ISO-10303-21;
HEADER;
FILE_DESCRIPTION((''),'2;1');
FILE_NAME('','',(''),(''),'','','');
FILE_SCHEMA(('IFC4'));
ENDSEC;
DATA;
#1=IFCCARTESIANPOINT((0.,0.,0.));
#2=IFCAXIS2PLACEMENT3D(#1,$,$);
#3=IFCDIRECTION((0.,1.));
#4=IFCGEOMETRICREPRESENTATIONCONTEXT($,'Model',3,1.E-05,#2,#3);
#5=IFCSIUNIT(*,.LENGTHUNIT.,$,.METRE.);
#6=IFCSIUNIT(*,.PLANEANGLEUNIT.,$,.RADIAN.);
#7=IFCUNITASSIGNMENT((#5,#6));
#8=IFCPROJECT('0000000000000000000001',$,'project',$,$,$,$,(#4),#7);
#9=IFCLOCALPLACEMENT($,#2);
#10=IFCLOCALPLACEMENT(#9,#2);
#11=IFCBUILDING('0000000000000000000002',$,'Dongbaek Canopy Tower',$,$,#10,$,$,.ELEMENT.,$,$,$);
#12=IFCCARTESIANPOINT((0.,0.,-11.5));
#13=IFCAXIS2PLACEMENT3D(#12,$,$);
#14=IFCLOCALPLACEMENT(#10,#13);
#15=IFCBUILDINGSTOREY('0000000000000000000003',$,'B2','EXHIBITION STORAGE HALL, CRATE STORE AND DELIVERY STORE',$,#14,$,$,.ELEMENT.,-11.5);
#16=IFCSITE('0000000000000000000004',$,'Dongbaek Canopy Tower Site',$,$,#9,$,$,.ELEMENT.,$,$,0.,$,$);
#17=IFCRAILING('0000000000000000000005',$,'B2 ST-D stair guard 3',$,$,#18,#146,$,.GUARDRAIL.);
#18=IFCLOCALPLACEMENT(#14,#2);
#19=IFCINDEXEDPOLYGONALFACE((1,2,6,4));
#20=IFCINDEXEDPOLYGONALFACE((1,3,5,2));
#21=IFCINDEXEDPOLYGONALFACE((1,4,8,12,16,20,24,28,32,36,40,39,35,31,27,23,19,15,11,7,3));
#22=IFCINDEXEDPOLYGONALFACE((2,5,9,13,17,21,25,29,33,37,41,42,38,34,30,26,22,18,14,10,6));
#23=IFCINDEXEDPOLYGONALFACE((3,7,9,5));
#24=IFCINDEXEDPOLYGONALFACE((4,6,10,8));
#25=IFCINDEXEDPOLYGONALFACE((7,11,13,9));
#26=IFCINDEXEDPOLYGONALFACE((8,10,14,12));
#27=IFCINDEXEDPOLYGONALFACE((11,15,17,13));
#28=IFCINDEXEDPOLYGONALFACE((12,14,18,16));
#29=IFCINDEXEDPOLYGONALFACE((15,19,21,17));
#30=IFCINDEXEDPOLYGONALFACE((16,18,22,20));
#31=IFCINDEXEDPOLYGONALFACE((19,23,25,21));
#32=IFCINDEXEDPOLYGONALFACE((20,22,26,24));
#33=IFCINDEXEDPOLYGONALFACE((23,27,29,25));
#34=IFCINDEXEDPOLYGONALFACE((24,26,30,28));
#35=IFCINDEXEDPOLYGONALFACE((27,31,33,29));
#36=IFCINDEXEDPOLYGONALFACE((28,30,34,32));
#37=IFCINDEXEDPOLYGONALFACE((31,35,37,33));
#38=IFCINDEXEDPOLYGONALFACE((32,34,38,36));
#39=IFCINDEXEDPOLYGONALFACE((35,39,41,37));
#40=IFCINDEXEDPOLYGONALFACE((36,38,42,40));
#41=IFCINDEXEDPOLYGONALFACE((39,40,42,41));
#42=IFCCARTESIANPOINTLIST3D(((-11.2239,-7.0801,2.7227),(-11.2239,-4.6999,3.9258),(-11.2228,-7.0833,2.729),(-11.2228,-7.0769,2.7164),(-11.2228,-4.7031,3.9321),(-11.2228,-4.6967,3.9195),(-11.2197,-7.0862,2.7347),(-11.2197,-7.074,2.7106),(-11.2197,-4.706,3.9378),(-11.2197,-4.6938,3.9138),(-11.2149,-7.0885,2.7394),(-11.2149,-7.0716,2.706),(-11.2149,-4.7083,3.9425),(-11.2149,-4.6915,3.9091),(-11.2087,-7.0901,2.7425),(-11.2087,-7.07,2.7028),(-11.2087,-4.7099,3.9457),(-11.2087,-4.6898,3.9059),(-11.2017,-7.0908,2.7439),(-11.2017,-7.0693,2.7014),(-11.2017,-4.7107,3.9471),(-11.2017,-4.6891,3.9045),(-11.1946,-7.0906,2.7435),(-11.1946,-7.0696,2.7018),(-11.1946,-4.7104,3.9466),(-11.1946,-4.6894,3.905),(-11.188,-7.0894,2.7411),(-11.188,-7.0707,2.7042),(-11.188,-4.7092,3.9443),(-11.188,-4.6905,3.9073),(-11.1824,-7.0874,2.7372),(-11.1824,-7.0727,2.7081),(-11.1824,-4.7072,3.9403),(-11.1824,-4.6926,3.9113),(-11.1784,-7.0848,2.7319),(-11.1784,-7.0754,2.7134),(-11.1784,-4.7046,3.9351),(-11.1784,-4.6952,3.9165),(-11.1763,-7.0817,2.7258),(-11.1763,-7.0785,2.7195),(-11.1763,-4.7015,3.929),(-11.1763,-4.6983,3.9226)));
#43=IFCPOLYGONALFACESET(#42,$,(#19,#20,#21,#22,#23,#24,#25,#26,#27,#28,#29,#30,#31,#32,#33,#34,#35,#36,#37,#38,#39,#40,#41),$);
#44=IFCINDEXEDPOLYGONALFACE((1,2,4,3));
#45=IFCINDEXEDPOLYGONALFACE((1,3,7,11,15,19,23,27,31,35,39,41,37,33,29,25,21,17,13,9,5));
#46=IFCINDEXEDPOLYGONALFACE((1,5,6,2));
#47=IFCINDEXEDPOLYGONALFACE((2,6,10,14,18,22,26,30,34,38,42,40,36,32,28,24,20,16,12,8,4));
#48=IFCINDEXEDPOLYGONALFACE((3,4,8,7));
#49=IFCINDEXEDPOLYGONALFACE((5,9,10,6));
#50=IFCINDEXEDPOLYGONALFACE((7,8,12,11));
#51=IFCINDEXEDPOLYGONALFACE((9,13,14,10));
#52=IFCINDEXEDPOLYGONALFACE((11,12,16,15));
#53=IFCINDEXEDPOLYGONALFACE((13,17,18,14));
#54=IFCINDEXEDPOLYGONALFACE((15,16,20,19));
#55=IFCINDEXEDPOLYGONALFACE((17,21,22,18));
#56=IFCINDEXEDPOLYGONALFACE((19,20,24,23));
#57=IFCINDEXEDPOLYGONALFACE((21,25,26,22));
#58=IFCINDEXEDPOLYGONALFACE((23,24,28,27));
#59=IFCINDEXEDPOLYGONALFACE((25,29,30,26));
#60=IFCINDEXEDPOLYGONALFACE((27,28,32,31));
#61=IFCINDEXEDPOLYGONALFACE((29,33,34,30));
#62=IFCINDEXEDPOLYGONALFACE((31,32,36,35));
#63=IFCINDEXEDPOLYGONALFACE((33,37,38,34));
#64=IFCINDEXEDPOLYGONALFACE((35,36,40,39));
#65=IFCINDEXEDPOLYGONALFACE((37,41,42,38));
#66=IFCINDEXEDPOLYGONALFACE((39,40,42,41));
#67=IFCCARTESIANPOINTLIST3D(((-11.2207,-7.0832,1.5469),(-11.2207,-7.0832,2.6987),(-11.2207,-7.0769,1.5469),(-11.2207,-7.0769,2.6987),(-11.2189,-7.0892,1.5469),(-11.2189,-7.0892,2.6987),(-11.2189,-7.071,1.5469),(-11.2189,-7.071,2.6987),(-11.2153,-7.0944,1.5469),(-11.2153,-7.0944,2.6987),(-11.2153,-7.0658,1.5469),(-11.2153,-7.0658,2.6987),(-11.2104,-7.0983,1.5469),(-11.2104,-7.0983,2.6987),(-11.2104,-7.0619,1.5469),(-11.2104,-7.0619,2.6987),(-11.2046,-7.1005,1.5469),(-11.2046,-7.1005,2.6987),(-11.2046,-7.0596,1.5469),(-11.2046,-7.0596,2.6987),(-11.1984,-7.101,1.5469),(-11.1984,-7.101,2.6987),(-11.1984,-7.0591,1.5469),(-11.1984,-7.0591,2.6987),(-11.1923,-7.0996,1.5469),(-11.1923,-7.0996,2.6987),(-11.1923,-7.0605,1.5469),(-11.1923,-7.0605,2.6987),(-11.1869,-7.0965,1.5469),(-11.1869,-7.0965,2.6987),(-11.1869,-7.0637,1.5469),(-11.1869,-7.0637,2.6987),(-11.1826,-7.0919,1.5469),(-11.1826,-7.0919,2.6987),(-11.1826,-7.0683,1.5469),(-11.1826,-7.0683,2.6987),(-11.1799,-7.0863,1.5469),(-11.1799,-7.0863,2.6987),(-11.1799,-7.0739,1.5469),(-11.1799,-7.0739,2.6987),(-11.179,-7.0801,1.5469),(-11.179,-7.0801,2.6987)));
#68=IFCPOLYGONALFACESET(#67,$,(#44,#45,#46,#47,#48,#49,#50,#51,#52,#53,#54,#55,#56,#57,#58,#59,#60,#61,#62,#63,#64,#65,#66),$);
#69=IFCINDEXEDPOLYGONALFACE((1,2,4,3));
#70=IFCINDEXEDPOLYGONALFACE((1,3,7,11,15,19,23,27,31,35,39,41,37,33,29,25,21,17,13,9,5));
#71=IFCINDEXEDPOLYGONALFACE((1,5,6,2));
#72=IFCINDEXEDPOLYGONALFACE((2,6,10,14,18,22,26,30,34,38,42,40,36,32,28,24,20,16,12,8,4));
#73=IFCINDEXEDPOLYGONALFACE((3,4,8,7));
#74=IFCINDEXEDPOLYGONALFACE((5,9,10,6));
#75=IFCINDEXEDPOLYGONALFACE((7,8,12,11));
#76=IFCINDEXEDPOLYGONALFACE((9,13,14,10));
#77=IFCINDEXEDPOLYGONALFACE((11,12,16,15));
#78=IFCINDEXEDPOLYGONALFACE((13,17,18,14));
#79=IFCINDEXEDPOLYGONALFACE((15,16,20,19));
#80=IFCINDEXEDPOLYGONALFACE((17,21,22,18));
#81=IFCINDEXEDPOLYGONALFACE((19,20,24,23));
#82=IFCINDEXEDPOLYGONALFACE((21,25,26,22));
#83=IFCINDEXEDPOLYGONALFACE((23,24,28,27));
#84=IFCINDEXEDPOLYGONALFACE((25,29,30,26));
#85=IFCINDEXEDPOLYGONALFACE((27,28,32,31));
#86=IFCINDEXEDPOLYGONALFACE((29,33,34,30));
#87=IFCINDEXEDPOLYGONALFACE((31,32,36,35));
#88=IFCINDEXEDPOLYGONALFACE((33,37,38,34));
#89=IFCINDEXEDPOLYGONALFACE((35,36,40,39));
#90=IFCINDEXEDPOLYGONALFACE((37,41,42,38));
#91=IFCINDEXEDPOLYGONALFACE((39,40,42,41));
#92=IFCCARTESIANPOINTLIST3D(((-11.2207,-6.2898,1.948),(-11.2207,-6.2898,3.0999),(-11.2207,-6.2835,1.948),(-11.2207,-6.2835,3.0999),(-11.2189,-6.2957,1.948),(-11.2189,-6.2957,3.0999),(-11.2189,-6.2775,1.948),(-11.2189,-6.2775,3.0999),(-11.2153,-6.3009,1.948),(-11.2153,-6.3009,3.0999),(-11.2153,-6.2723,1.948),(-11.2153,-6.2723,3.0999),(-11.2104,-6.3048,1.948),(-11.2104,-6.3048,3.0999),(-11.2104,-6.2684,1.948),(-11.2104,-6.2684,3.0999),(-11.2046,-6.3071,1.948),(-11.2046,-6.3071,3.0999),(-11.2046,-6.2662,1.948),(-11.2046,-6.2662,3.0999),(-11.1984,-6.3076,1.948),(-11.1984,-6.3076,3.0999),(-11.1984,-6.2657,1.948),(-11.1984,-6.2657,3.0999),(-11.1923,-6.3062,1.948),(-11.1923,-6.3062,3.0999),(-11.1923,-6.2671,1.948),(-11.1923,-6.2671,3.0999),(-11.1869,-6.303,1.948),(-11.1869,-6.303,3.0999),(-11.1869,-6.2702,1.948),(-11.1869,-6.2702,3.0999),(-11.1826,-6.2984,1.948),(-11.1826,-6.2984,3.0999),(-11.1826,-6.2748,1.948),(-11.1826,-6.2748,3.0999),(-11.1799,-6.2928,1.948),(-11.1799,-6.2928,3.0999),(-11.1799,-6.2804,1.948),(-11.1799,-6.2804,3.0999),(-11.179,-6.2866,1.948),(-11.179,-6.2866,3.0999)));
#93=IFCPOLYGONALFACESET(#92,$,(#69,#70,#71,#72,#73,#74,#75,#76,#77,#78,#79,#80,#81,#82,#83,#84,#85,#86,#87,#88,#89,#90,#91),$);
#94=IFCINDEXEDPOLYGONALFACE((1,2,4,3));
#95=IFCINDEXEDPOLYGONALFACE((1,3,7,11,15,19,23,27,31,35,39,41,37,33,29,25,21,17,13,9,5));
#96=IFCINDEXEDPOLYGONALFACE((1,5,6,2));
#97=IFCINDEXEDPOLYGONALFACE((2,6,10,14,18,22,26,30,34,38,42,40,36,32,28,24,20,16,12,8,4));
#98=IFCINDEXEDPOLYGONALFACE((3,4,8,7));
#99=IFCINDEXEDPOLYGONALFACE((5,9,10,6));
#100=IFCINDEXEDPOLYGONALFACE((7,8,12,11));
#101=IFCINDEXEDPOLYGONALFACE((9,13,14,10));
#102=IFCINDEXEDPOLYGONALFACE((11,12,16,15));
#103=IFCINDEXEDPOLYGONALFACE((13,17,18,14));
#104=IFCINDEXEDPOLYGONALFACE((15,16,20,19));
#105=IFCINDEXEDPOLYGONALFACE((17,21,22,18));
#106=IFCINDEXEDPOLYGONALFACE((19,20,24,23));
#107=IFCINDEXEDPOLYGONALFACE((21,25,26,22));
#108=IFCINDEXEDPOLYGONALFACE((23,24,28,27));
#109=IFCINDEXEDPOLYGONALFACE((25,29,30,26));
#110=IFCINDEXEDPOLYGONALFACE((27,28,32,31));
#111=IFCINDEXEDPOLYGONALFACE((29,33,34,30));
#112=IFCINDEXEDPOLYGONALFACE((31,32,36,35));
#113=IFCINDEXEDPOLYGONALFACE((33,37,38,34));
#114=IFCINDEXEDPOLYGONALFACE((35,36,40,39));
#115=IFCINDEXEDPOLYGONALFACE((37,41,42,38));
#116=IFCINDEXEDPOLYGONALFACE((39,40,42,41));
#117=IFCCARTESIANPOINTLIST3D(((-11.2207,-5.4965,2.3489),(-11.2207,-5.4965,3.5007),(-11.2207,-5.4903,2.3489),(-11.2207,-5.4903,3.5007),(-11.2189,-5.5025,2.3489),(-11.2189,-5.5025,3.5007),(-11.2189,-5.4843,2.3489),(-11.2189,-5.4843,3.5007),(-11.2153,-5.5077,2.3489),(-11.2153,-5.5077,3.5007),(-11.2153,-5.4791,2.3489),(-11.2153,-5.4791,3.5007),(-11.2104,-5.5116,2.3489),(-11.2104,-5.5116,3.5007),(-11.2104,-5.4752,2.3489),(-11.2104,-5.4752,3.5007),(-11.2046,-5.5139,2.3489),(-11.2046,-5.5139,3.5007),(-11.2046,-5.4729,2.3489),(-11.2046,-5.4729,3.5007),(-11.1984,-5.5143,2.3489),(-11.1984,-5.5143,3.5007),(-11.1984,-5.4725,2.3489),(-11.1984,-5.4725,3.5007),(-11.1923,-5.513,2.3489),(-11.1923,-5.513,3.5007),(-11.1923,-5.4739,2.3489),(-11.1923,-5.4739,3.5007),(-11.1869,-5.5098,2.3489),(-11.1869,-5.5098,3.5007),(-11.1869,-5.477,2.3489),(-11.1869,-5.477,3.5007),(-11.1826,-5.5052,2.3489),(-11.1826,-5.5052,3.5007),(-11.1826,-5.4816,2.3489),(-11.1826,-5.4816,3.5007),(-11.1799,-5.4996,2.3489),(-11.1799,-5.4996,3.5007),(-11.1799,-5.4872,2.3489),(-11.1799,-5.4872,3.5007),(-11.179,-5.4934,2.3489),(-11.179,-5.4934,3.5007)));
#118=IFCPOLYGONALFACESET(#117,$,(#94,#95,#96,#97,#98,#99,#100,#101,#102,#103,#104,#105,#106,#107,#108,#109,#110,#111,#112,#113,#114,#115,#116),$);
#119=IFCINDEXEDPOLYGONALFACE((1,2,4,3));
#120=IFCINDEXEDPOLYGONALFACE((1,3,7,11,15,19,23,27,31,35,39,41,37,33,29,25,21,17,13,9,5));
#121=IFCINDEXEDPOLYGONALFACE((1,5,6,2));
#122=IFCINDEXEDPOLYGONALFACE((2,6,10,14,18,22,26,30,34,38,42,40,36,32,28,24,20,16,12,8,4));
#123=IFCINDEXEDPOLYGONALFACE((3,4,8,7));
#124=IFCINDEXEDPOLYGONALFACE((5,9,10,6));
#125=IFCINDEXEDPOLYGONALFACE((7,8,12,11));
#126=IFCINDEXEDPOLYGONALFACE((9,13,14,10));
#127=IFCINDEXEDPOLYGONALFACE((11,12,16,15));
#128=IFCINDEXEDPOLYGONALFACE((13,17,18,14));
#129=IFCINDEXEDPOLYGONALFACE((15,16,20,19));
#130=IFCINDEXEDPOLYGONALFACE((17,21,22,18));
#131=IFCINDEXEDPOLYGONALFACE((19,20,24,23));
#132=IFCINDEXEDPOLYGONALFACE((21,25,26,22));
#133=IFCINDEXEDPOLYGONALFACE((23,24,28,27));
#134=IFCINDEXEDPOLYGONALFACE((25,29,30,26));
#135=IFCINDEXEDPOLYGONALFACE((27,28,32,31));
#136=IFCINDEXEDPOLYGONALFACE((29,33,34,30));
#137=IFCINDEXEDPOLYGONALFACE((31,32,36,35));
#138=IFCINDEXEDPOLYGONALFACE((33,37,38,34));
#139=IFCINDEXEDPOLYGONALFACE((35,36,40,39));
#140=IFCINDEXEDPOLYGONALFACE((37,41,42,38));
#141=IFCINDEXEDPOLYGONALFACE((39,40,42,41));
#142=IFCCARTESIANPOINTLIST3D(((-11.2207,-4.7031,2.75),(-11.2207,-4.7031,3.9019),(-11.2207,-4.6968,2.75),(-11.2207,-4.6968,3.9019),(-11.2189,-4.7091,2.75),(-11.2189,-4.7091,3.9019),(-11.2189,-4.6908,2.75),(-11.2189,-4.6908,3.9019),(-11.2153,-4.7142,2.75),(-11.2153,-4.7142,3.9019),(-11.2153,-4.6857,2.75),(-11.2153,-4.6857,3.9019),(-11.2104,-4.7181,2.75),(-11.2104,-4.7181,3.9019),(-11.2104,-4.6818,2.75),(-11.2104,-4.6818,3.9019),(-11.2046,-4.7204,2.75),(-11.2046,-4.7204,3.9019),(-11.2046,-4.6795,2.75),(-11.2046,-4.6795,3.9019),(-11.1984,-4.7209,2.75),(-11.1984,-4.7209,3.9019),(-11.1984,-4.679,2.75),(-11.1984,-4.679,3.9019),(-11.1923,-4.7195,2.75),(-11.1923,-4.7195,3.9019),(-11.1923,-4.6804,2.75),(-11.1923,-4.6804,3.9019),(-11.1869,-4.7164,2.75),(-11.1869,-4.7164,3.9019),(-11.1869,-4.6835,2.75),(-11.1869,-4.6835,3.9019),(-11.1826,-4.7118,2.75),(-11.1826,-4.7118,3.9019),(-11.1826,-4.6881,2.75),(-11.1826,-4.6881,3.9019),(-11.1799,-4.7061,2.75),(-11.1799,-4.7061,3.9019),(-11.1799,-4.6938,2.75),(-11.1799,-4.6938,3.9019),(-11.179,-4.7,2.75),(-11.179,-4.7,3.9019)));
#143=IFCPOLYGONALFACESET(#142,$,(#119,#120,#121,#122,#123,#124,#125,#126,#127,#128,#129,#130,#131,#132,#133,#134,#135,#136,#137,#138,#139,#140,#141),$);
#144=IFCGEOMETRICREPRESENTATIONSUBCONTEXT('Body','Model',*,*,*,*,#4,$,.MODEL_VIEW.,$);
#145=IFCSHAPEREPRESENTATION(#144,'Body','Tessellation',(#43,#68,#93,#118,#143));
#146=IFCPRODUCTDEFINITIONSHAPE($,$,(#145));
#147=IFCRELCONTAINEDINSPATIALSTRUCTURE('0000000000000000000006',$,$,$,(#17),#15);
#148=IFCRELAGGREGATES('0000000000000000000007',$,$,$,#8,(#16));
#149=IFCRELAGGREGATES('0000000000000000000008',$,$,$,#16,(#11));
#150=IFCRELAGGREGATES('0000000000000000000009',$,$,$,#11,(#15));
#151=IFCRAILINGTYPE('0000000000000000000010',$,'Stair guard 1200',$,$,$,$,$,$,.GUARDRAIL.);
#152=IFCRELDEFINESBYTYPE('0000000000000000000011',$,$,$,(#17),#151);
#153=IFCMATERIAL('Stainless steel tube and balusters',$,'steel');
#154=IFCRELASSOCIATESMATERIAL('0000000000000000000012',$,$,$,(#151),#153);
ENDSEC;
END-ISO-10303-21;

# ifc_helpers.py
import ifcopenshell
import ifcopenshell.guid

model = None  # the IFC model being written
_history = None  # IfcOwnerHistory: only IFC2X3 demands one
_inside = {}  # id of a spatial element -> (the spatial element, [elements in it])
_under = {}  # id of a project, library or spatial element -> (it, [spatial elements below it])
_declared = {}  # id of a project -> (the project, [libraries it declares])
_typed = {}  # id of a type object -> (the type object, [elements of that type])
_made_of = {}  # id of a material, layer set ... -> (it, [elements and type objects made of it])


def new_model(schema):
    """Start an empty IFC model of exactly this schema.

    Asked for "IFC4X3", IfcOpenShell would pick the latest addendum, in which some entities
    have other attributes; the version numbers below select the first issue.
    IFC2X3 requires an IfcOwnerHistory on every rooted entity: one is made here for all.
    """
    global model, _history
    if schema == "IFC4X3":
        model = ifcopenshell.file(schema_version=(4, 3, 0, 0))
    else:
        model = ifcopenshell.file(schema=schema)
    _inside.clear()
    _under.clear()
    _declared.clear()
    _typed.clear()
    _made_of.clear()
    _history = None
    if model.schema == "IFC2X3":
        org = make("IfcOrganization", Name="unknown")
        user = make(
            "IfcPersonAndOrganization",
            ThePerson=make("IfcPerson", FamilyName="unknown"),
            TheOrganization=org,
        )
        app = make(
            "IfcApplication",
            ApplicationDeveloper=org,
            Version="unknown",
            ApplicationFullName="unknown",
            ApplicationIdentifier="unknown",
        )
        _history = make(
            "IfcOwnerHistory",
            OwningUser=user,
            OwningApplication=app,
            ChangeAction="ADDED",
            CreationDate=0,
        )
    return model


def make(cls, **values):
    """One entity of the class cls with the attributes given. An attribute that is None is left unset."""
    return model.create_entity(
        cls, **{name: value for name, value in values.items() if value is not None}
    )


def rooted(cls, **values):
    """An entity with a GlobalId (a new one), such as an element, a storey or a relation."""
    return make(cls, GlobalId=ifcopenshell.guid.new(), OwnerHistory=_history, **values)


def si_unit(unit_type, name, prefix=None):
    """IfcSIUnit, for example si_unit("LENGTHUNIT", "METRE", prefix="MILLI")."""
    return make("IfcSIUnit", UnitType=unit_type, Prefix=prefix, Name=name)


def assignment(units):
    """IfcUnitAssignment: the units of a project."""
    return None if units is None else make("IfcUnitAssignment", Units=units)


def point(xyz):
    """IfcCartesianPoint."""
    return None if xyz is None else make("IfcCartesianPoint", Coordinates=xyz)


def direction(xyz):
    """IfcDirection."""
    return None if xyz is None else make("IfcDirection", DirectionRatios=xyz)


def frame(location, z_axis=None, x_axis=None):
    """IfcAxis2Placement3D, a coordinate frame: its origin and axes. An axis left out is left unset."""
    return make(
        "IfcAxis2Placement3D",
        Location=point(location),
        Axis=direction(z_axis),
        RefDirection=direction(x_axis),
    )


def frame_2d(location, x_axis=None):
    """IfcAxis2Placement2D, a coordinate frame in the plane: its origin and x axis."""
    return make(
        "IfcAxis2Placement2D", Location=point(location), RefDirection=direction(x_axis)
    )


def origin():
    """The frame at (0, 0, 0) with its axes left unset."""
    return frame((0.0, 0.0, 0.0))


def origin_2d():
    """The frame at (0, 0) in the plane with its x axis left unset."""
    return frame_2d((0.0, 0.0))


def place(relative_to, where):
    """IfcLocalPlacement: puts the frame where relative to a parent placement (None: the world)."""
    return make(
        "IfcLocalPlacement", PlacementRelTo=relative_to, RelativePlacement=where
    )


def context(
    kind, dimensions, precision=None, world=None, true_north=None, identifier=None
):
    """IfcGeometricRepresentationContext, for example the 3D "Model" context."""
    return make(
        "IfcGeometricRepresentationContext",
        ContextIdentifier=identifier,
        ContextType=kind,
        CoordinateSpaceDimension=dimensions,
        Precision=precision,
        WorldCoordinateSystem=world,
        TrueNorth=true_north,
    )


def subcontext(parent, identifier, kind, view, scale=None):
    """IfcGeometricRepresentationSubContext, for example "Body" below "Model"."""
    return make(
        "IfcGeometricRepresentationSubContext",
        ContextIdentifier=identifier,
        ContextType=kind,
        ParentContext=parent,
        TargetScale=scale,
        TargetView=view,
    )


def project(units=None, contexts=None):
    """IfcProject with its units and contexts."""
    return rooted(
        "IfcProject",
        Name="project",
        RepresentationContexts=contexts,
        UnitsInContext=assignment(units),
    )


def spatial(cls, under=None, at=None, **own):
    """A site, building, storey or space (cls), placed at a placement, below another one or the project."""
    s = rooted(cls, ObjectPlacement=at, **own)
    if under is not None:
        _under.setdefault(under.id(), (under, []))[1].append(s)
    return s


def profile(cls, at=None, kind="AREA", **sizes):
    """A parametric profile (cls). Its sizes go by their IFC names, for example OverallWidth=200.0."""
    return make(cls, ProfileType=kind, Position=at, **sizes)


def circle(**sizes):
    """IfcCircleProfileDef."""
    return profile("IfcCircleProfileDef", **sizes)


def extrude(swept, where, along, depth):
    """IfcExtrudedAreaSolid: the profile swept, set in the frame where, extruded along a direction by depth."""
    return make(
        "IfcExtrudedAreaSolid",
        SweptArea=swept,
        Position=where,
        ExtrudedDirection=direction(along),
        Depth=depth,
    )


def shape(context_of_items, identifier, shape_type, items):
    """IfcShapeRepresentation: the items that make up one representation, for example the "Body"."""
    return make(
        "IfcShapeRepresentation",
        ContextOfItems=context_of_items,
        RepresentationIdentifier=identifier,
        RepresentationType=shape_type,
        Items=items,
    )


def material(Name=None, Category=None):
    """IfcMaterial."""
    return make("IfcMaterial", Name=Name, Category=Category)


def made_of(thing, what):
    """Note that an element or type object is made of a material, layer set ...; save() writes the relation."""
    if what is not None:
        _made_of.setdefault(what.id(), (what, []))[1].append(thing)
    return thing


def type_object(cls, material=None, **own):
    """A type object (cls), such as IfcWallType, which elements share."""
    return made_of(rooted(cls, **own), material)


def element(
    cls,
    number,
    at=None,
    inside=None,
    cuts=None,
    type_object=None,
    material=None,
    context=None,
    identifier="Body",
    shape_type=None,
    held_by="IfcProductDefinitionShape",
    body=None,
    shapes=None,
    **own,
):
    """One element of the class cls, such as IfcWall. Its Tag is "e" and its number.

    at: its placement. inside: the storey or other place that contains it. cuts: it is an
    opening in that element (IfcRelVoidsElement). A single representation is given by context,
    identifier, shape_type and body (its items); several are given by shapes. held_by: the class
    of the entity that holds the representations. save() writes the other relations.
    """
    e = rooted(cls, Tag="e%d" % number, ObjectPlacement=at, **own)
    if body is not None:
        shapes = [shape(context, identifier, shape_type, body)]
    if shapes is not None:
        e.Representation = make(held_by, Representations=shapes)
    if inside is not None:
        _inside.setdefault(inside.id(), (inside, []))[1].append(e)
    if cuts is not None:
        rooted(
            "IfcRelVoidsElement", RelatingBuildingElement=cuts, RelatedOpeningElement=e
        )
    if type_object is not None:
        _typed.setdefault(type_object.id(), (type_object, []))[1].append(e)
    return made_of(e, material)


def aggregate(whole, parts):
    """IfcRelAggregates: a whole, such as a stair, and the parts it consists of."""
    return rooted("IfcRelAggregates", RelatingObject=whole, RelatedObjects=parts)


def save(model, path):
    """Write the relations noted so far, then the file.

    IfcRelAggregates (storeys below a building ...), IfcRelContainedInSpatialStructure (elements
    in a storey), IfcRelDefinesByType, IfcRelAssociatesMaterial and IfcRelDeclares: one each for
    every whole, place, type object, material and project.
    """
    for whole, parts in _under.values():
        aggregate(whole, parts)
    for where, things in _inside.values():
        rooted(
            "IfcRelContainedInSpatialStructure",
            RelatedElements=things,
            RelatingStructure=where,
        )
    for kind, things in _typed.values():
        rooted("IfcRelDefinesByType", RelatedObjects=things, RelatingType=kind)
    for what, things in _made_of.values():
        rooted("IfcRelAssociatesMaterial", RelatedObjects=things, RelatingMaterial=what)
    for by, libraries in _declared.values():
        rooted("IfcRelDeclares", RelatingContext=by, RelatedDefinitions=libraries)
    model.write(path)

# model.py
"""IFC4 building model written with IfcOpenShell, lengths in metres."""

from ifc_helpers import new_model, si_unit, direction, frame, origin, origin_2d, place, context, subcontext, project, spatial, circle, extrude, material, type_object, element, save


model = new_model("IFC4")

# Units and contexts
model_context = context("Model", 3, precision=1e-05, world=origin(), true_north=direction((0.0, 1.0)))
body_context = subcontext(model_context, "Body", "Model", "MODEL_VIEW")
ifc_project = project(units=[si_unit("LENGTHUNIT", "METRE"), si_unit("PLANEANGLEUNIT", "RADIAN")], contexts=[model_context])

# Site, building, storey
site_placement = place(None, origin())
site = spatial("IfcSite", under=ifc_project, at=site_placement, Name="Dongbaek Canopy Tower Site", CompositionType="ELEMENT", RefElevation=0.0)
building_placement = place(site_placement, origin())
building = spatial("IfcBuilding", under=site, at=building_placement, Name="Dongbaek Canopy Tower", CompositionType="ELEMENT")
storey_placement = place(building_placement, frame((0.0, 0.0, -11.5)))
storey = spatial("IfcBuildingStorey", under=building, at=storey_placement, Name="B2", Description="EXHIBITION STORAGE HALL, CRATE STORE AND DELIVERY STORE", CompositionType="ELEMENT", Elevation=-11.5)

# Railing
ifc_material_1 = material(Name="Stainless steel tube and balusters", Category="steel")
railing_type_1 = type_object("IfcRailingType", Name="Stair guard 1200", PredefinedType="GUARDRAIL", material=ifc_material_1)
railing_1_placement = place(storey_placement, frame((-11.2, -7.0801, 1.5469)))
element("IfcRailing", 1, at=railing_1_placement, inside=storey, type_object=railing_type_1, Name="B2 ST-D stair guard 3", PredefinedType="GUARDRAIL", context=body_context, shape_type="SweptSolid", body=[
    extrude(circle(Radius=0.0239, at=origin_2d()), frame((0.0, 0.0, 1.1758), z_axis=(0.0, 0.89246, 0.451127), x_axis=(-1.0, 0.0, 0.0)), (0.0, 0.0, 1.0), 2.667),
    extrude(circle(Radius=0.021, at=origin_2d()), origin(), (0.0, 0.0, 1.0), 1.1519),
    extrude(circle(Radius=0.021, at=origin_2d()), frame((0.0, 0.7935, 0.4011)), (0.0, 0.0, 1.0), 1.1519),
    extrude(circle(Radius=0.021, at=origin_2d()), frame((0.0, 1.5867, 0.802)), (0.0, 0.0, 1.0), 1.1519),
    extrude(circle(Radius=0.021, at=origin_2d()), frame((0.0, 2.3801, 1.2031)), (0.0, 0.0, 1.0), 1.1519),
])

save(model, "model.ifc")
